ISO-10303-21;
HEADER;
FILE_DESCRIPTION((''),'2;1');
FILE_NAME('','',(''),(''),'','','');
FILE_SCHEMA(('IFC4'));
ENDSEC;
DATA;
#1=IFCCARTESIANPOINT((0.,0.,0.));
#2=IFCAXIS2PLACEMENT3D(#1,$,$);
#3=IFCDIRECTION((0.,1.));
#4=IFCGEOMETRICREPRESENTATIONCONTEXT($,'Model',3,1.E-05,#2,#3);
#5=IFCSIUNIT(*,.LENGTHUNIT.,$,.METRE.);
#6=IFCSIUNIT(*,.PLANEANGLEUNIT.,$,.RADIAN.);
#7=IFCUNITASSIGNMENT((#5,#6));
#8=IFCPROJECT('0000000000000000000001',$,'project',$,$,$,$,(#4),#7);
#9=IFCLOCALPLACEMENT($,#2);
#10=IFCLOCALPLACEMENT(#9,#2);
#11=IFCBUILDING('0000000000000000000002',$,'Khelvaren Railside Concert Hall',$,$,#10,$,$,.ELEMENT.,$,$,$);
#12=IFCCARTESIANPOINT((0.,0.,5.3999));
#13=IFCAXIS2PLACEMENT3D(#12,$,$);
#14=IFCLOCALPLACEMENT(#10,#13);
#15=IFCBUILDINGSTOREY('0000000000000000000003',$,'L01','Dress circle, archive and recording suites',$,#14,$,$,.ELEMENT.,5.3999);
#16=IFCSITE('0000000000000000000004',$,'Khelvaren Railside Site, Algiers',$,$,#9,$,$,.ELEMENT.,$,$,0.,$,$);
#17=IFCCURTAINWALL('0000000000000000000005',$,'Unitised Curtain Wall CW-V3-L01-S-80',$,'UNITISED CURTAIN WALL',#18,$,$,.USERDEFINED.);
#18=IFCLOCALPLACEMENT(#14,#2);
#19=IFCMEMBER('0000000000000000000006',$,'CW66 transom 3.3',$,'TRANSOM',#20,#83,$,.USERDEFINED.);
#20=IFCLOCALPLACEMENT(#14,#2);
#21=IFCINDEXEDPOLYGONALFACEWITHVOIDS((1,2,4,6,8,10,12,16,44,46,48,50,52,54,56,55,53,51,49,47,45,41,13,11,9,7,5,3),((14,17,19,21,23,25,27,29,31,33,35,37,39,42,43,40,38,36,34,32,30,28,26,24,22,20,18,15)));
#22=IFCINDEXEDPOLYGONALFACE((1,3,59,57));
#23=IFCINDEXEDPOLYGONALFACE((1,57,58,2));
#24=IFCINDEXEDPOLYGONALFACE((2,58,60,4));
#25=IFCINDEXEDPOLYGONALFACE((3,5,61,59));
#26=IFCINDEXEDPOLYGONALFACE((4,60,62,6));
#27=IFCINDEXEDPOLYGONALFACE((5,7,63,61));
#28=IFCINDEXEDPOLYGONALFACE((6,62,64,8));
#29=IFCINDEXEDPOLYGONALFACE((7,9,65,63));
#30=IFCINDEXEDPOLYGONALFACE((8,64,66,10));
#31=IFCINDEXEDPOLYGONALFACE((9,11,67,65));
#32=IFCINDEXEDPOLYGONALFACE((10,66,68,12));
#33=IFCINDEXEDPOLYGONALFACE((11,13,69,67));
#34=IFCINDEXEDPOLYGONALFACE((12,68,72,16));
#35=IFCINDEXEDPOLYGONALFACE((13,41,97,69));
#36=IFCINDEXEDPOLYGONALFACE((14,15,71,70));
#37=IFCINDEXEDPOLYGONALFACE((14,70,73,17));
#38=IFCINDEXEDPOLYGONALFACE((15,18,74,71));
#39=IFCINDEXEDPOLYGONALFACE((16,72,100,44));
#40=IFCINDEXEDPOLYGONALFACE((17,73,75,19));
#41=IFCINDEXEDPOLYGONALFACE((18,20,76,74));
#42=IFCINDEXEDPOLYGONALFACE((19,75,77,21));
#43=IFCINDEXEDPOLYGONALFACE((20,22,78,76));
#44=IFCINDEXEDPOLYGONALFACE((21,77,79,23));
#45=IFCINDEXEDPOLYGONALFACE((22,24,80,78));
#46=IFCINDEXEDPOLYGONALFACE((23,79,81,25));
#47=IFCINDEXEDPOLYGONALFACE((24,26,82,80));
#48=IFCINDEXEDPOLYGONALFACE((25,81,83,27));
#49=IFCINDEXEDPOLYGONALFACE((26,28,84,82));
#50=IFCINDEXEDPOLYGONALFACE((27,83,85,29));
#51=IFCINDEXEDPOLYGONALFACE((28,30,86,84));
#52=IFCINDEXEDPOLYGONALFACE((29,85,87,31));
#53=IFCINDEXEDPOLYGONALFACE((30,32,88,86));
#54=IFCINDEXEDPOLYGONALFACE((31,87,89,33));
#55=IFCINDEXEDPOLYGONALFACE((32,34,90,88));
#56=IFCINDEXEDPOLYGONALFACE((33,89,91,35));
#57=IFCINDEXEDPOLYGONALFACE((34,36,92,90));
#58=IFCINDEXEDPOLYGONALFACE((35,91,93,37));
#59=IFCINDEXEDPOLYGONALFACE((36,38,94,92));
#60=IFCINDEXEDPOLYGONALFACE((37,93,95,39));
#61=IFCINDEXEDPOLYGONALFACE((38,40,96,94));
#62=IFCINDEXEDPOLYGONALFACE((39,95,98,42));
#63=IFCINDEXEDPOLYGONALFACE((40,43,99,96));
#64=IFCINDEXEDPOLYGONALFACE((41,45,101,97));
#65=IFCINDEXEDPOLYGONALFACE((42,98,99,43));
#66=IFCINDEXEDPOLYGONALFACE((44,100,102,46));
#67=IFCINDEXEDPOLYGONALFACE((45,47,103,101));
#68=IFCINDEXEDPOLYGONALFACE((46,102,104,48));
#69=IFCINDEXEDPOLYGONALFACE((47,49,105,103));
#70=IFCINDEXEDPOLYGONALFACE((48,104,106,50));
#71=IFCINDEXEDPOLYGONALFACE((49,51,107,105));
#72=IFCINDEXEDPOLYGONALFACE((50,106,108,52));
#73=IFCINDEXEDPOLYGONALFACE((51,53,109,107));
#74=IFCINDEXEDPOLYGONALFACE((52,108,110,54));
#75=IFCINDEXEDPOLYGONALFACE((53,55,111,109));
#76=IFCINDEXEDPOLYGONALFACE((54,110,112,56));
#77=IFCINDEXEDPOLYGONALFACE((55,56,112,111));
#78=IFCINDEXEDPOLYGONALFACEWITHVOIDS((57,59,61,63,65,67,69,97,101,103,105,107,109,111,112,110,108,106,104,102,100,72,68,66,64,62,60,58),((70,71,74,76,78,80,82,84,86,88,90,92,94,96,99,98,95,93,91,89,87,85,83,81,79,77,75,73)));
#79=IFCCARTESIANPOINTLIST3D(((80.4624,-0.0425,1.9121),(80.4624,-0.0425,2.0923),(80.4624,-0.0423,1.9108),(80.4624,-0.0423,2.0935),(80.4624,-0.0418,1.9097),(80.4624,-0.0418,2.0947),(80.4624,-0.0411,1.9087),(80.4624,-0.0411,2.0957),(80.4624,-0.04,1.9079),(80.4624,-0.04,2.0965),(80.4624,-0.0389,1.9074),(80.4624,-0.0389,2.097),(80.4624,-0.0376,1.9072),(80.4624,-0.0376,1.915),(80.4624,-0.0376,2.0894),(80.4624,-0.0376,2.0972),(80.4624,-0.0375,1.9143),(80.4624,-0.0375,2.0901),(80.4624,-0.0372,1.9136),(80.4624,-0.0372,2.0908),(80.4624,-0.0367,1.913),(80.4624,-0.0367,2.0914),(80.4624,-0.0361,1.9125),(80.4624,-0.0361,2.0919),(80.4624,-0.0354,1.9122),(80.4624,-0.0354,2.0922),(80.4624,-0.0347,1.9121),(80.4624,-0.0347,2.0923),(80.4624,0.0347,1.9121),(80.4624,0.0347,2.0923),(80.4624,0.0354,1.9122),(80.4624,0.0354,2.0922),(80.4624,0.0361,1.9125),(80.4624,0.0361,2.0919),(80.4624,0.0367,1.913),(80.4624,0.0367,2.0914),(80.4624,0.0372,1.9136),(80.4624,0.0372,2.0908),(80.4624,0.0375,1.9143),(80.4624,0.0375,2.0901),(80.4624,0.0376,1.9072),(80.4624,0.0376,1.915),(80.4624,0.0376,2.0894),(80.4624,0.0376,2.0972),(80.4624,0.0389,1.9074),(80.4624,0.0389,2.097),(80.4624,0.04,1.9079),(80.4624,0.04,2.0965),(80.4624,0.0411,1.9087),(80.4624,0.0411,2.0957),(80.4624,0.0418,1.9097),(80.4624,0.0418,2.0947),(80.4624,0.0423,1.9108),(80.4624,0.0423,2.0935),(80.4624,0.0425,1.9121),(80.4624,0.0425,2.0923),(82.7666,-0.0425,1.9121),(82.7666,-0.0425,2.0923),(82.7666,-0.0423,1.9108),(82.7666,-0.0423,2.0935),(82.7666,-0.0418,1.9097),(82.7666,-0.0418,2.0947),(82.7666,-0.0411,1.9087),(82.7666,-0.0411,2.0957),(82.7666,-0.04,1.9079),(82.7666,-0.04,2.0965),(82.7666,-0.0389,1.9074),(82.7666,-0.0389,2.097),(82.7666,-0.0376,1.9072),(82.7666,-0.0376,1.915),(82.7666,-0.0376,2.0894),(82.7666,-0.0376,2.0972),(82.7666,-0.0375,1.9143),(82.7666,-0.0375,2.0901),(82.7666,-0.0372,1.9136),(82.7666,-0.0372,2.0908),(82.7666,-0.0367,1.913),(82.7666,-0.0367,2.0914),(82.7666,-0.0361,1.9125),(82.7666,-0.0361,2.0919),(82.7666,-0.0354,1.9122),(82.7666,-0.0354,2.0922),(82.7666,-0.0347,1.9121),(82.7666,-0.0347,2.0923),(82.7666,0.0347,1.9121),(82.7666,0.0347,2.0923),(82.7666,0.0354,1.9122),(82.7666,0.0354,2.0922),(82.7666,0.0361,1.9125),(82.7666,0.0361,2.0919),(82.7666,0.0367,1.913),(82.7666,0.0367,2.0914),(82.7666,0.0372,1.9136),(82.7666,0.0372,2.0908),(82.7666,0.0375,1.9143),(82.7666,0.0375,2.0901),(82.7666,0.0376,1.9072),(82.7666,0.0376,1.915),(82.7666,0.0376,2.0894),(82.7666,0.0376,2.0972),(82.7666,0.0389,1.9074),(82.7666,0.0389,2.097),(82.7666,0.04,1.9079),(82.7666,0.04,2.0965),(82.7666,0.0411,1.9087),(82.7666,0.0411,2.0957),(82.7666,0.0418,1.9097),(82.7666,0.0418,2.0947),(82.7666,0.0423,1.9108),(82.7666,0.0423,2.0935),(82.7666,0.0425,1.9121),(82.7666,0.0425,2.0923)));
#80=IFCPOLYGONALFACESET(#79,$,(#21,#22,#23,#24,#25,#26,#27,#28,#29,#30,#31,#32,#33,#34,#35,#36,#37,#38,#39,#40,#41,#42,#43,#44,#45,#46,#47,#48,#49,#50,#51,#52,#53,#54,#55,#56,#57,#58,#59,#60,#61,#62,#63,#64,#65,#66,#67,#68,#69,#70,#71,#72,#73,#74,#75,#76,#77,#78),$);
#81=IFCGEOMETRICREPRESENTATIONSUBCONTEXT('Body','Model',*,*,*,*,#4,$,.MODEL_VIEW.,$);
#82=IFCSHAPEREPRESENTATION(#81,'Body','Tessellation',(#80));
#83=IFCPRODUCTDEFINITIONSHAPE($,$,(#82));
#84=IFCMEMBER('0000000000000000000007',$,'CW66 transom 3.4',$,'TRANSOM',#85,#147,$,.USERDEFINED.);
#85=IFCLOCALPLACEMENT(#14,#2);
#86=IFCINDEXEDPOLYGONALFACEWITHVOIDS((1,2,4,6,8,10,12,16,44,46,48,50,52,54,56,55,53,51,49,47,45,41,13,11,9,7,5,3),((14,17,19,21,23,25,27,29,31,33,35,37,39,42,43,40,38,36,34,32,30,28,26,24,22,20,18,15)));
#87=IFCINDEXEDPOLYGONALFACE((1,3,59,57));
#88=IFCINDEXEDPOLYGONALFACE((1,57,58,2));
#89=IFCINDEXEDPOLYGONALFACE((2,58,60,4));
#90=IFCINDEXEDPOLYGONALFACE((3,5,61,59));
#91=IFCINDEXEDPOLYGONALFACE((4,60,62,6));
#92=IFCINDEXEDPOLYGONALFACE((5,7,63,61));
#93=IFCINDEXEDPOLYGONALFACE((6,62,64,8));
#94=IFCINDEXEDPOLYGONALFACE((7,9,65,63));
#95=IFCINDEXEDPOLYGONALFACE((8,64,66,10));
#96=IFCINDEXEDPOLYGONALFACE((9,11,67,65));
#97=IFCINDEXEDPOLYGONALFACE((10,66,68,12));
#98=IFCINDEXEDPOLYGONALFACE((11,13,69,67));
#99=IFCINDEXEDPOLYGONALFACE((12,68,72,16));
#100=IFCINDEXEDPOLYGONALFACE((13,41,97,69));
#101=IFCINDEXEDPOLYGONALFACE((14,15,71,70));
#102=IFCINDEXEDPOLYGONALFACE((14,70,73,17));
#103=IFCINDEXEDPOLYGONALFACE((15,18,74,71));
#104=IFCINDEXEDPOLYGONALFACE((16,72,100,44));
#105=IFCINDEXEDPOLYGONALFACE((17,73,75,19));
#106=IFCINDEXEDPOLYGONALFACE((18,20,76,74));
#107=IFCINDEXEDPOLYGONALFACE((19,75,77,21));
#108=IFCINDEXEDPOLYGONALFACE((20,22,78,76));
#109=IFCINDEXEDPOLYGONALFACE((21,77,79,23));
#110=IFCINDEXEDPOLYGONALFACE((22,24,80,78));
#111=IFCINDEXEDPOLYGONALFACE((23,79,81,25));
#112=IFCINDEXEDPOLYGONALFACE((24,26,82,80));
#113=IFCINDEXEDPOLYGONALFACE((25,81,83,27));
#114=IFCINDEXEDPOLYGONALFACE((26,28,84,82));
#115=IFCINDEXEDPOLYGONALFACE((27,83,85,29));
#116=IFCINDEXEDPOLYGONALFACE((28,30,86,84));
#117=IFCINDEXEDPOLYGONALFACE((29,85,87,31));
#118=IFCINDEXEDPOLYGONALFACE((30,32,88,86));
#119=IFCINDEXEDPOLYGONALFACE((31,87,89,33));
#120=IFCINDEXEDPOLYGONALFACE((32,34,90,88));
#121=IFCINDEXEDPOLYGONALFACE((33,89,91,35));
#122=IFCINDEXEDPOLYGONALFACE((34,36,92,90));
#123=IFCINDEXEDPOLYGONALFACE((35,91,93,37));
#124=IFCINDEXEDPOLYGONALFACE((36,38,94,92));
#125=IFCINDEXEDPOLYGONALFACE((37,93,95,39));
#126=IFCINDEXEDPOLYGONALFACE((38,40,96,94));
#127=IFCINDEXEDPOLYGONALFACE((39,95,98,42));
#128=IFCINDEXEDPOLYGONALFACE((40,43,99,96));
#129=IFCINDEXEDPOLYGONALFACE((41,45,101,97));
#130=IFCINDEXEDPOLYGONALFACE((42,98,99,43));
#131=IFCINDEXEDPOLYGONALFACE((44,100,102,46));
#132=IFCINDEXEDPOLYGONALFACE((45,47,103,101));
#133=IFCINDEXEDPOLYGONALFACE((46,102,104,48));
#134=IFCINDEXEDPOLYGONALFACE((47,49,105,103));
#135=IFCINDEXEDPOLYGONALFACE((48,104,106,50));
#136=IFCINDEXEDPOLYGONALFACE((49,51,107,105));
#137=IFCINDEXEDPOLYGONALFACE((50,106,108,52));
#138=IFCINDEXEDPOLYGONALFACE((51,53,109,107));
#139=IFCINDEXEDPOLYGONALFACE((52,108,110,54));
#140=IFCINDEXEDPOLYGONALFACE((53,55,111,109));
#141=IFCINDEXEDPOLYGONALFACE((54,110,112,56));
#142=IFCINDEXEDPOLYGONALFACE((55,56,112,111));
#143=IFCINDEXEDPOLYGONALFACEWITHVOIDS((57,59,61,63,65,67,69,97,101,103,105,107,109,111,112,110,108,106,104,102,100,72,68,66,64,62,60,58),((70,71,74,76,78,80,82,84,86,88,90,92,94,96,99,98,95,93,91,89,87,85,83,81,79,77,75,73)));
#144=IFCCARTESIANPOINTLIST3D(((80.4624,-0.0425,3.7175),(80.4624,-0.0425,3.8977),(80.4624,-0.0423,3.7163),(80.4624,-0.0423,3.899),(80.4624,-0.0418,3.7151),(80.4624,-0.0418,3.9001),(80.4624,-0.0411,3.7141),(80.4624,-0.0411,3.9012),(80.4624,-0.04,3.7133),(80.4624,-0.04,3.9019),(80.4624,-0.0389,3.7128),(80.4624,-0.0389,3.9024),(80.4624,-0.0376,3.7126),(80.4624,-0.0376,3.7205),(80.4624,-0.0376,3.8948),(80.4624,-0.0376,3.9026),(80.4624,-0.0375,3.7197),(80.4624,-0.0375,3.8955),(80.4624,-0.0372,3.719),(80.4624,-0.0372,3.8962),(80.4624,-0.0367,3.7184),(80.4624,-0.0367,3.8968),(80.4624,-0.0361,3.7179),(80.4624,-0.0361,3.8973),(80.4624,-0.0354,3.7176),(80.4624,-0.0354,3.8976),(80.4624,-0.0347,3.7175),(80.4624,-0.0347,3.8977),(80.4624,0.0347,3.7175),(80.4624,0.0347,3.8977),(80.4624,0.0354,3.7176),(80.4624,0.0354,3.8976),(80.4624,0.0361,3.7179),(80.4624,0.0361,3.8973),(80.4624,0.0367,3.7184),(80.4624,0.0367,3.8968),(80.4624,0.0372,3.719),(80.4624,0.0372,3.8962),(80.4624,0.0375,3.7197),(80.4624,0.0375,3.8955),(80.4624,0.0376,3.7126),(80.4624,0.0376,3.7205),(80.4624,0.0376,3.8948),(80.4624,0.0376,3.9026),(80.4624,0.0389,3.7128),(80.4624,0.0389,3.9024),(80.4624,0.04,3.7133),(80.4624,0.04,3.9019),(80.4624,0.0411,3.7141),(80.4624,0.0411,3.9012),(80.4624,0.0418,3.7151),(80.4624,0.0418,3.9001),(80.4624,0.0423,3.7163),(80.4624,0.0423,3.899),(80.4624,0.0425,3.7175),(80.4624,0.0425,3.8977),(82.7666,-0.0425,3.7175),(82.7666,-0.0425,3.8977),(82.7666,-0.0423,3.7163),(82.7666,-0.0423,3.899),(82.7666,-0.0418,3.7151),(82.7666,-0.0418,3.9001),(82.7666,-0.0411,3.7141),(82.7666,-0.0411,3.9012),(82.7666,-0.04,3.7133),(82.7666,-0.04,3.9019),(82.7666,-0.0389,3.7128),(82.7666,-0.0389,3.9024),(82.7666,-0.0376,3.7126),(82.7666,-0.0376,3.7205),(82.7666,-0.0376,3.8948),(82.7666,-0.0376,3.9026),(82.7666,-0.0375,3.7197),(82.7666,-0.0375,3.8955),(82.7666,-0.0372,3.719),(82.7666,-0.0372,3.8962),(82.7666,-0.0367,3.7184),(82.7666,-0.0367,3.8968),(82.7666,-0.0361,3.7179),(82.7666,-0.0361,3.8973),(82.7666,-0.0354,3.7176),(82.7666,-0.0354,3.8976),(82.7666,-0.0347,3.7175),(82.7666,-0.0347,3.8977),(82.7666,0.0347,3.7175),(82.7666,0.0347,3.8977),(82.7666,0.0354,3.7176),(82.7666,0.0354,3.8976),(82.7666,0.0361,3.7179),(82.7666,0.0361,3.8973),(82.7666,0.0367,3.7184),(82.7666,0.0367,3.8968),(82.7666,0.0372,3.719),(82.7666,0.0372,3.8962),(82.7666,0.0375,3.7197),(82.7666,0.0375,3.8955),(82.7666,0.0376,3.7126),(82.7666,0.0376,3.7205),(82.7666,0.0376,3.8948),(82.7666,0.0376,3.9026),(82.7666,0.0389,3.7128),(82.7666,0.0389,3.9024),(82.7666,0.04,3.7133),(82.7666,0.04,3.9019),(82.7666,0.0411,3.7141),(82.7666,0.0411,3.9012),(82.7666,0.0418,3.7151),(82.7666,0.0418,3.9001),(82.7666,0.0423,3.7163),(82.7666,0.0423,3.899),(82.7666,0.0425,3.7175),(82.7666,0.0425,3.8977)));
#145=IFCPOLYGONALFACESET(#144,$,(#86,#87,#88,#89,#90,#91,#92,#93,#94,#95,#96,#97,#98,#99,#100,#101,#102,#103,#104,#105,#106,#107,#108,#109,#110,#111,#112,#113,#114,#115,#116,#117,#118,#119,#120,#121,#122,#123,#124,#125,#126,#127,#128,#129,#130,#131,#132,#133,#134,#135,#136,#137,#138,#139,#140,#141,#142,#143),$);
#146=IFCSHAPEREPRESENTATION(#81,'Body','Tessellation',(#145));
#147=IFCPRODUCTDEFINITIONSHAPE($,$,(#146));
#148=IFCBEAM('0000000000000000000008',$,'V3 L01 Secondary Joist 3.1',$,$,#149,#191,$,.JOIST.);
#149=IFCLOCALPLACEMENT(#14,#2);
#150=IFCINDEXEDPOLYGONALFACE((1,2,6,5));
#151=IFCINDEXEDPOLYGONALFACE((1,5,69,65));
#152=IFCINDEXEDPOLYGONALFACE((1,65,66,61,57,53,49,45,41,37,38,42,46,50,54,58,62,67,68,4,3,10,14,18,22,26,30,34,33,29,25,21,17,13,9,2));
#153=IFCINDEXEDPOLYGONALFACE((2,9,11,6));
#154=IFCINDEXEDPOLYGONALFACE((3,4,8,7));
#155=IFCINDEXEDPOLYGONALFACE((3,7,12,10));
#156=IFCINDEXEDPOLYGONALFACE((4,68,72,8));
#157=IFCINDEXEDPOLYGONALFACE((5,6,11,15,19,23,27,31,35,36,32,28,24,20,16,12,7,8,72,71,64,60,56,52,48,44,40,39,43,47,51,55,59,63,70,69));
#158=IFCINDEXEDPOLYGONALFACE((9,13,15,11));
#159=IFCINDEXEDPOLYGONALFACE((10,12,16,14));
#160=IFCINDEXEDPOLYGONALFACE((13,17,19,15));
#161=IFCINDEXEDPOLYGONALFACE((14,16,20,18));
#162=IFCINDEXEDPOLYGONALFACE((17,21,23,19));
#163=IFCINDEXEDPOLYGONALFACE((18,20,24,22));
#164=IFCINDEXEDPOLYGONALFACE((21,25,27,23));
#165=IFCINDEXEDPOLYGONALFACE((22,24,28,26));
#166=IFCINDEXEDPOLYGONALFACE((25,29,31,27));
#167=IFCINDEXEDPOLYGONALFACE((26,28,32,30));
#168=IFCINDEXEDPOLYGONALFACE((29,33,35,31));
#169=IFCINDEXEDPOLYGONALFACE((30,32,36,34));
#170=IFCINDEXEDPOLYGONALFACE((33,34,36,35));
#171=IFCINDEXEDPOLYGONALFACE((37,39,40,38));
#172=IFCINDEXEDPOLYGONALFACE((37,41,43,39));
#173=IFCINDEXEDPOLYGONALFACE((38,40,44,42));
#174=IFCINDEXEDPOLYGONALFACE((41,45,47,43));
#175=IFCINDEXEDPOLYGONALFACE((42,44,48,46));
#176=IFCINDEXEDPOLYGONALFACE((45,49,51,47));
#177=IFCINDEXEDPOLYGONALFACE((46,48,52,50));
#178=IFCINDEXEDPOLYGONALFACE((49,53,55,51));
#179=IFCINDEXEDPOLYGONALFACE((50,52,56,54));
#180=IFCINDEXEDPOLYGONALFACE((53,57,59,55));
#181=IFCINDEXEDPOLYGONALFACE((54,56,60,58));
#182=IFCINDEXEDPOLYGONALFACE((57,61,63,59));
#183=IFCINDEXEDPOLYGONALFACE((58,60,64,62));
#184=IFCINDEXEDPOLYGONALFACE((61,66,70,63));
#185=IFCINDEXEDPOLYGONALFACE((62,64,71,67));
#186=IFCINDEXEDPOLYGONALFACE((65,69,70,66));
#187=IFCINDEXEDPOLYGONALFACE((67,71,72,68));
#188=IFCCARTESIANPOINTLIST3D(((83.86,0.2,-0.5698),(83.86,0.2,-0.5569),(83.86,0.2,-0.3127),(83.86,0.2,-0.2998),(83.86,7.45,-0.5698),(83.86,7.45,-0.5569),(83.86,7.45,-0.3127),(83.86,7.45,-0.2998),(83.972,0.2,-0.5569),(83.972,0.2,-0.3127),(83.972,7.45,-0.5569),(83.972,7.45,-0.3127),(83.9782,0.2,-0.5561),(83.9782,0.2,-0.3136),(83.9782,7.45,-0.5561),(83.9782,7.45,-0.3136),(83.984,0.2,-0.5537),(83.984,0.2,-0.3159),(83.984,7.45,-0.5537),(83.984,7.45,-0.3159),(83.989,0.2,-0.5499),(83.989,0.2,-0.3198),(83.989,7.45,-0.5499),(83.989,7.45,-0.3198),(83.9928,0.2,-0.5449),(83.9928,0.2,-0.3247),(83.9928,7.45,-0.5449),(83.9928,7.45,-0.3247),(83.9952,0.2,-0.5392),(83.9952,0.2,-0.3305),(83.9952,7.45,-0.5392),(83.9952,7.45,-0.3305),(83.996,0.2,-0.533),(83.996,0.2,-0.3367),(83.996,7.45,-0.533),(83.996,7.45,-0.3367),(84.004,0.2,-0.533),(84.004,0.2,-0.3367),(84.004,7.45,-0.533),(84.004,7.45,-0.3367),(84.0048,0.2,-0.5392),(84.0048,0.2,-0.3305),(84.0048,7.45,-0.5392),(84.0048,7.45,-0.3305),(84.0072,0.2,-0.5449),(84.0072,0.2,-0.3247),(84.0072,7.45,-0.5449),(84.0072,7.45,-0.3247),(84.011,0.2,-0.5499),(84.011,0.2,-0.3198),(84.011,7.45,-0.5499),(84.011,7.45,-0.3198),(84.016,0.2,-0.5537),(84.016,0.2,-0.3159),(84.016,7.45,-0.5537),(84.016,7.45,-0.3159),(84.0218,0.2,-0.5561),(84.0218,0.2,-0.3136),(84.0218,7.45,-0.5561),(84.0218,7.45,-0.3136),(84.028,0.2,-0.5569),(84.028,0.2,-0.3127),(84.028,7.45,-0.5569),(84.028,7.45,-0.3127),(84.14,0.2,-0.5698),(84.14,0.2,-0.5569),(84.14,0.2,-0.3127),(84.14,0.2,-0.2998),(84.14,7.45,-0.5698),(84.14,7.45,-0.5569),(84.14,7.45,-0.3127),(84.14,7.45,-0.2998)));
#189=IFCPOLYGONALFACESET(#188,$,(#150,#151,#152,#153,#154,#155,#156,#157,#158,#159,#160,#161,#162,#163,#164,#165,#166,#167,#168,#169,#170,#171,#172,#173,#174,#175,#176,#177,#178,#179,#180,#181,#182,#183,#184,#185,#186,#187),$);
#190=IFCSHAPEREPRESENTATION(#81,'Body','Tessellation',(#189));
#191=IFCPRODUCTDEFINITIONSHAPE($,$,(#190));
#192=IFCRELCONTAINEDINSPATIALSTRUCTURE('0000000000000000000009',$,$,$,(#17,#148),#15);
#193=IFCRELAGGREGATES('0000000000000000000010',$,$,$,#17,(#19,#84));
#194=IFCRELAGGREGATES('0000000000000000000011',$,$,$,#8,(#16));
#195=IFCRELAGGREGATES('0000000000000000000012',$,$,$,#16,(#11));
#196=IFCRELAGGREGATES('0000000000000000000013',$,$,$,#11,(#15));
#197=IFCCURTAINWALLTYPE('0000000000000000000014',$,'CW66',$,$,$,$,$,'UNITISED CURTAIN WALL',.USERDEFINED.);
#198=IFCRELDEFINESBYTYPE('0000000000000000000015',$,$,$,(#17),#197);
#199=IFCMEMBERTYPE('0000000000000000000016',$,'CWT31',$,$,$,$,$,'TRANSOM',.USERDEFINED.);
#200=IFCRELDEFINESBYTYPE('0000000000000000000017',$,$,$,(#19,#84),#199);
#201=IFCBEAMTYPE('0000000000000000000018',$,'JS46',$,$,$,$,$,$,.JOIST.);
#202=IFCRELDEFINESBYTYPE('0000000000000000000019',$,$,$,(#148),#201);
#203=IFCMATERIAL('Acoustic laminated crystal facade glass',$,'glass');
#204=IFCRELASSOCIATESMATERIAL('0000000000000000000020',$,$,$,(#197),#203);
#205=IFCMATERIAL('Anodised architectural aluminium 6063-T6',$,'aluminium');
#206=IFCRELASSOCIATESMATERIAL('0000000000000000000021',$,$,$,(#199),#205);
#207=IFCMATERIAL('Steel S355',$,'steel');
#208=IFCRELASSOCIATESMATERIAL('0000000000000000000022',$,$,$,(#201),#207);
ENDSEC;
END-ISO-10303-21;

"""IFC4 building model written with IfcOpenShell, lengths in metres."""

from ifc_helpers import new_model, si_unit, direction, frame, origin, origin_2d, place, context, subcontext, project, spatial, hollow_rectangle, i_section, extrude, material, material_profile, profile_set, type_object, element, aggregate, save


model = new_model("IFC4")

# Units and contexts
model_context = context("Model", 3, precision=1e-05, world=origin(), true_north=direction((0.0, 1.0)))
body_context = subcontext(model_context, "Body", "Model", "MODEL_VIEW")
ifc_project = project(units=[si_unit("LENGTHUNIT", "METRE"), si_unit("PLANEANGLEUNIT", "RADIAN")], contexts=[model_context])

# Site, building, storey
site_placement = place(None, origin())
site = spatial("IfcSite", under=ifc_project, at=site_placement, Name="Khelvaren Railside Site, Algiers", CompositionType="ELEMENT", RefElevation=0.0)
building_placement = place(site_placement, origin())
building = spatial("IfcBuilding", under=site, at=building_placement, Name="Khelvaren Railside Concert Hall", CompositionType="ELEMENT")
storey_placement = place(building_placement, frame((0.0, 0.0, 5.3999)))
storey = spatial("IfcBuildingStorey", under=building, at=storey_placement, Name="L01", Description="Dress circle, archive and recording suites", CompositionType="ELEMENT", Elevation=5.3999)

# Shared definitions
ifc_material_1 = material(Name="Steel S355", Category="steel")

# Curtain wall, members
ifc_material_2 = material(Name="Acoustic laminated crystal facade glass", Category="glass")
curtain_wall_type = type_object("IfcCurtainWallType", Name="CW66", ElementType="UNITISED CURTAIN WALL", PredefinedType="USERDEFINED", material=ifc_material_2)
curtain_wall_placement = place(storey_placement, origin())
curtain_wall = element("IfcCurtainWall", 1, at=curtain_wall_placement, inside=storey, type_object=curtain_wall_type, Name="Unitised Curtain Wall CW-V3-L01-S-80", ObjectType="UNITISED CURTAIN WALL", PredefinedType="USERDEFINED")
ifc_material_3 = material(Name="Anodised architectural aluminium 6063-T6", Category="aluminium")
ifc_material_profile_1 = material_profile(ifc_material_3, hollow_rectangle(XDim=0.085, YDim=0.1899, WallThickness=0.0049, InnerFilletRadius=0.0029, OuterFilletRadius=0.0049, at=origin_2d()), Name="CWT 85x190x5")
ifc_profile_set_1 = profile_set([ifc_material_profile_1], Name="Anodised architectural aluminium 6063-T6")
member_type_1 = type_object("IfcMemberType", Name="CWT31", ElementType="TRANSOM", PredefinedType="USERDEFINED", material=ifc_profile_set_1)
member_1_placement = place(storey_placement, frame((82.7666, 0.0, 2.0022), z_axis=(-1.0, 0.0, 0.0), x_axis=(0.0, -1.0, 0.0)))
member_1 = element("IfcMember", 2, at=member_1_placement, type_object=member_type_1, Name="CW66 transom 3.3", ObjectType="TRANSOM", PredefinedType="USERDEFINED", context=body_context, shape_type="SweptSolid", body=[
    extrude(hollow_rectangle(XDim=0.085, YDim=0.1899, WallThickness=0.0049, InnerFilletRadius=0.0029, OuterFilletRadius=0.0049, at=origin_2d()), origin(), (0.0, 0.0, 1.0), 2.3042),
])
member_2_placement = place(storey_placement, frame((82.7666, 0.0, 3.8076), z_axis=(-1.0, 0.0, 0.0), x_axis=(0.0, -1.0, 0.0)))
member_2 = element("IfcMember", 3, at=member_2_placement, type_object=member_type_1, Name="CW66 transom 3.4", ObjectType="TRANSOM", PredefinedType="USERDEFINED", context=body_context, shape_type="SweptSolid", body=[
    extrude(hollow_rectangle(XDim=0.085, YDim=0.1899, WallThickness=0.0049, InnerFilletRadius=0.0029, OuterFilletRadius=0.0049, at=origin_2d()), origin(), (0.0, 0.0, 1.0), 2.3042),
])

# Beam
ifc_material_profile_2 = material_profile(ifc_material_1, i_section(OverallWidth=0.28, OverallDepth=0.27, WebThickness=0.0081, FlangeThickness=0.0129, FilletRadius=0.0239, at=origin_2d()), Name="HEA 280")
ifc_profile_set_2 = profile_set([ifc_material_profile_2], Name="Steel S355")
beam_type_1 = type_object("IfcBeamType", Name="JS46", PredefinedType="JOIST", material=ifc_profile_set_2)
beam_1_placement = place(storey_placement, frame((84.0, 0.2, -0.4348), z_axis=(0.0, 1.0, 0.0), x_axis=(-1.0, 0.0, 0.0)))
element("IfcBeam", 4, at=beam_1_placement, inside=storey, type_object=beam_type_1, Name="V3 L01 Secondary Joist 3.1", PredefinedType="JOIST", context=body_context, shape_type="SweptSolid", body=[
    extrude(i_section(OverallWidth=0.28, OverallDepth=0.27, WebThickness=0.0081, FlangeThickness=0.0129, FilletRadius=0.0239, at=origin_2d()), origin(), (0.0, 0.0, 1.0), 7.25),
])

aggregate(curtain_wall, [member_1, member_2])

save(model, "model.ifc")
